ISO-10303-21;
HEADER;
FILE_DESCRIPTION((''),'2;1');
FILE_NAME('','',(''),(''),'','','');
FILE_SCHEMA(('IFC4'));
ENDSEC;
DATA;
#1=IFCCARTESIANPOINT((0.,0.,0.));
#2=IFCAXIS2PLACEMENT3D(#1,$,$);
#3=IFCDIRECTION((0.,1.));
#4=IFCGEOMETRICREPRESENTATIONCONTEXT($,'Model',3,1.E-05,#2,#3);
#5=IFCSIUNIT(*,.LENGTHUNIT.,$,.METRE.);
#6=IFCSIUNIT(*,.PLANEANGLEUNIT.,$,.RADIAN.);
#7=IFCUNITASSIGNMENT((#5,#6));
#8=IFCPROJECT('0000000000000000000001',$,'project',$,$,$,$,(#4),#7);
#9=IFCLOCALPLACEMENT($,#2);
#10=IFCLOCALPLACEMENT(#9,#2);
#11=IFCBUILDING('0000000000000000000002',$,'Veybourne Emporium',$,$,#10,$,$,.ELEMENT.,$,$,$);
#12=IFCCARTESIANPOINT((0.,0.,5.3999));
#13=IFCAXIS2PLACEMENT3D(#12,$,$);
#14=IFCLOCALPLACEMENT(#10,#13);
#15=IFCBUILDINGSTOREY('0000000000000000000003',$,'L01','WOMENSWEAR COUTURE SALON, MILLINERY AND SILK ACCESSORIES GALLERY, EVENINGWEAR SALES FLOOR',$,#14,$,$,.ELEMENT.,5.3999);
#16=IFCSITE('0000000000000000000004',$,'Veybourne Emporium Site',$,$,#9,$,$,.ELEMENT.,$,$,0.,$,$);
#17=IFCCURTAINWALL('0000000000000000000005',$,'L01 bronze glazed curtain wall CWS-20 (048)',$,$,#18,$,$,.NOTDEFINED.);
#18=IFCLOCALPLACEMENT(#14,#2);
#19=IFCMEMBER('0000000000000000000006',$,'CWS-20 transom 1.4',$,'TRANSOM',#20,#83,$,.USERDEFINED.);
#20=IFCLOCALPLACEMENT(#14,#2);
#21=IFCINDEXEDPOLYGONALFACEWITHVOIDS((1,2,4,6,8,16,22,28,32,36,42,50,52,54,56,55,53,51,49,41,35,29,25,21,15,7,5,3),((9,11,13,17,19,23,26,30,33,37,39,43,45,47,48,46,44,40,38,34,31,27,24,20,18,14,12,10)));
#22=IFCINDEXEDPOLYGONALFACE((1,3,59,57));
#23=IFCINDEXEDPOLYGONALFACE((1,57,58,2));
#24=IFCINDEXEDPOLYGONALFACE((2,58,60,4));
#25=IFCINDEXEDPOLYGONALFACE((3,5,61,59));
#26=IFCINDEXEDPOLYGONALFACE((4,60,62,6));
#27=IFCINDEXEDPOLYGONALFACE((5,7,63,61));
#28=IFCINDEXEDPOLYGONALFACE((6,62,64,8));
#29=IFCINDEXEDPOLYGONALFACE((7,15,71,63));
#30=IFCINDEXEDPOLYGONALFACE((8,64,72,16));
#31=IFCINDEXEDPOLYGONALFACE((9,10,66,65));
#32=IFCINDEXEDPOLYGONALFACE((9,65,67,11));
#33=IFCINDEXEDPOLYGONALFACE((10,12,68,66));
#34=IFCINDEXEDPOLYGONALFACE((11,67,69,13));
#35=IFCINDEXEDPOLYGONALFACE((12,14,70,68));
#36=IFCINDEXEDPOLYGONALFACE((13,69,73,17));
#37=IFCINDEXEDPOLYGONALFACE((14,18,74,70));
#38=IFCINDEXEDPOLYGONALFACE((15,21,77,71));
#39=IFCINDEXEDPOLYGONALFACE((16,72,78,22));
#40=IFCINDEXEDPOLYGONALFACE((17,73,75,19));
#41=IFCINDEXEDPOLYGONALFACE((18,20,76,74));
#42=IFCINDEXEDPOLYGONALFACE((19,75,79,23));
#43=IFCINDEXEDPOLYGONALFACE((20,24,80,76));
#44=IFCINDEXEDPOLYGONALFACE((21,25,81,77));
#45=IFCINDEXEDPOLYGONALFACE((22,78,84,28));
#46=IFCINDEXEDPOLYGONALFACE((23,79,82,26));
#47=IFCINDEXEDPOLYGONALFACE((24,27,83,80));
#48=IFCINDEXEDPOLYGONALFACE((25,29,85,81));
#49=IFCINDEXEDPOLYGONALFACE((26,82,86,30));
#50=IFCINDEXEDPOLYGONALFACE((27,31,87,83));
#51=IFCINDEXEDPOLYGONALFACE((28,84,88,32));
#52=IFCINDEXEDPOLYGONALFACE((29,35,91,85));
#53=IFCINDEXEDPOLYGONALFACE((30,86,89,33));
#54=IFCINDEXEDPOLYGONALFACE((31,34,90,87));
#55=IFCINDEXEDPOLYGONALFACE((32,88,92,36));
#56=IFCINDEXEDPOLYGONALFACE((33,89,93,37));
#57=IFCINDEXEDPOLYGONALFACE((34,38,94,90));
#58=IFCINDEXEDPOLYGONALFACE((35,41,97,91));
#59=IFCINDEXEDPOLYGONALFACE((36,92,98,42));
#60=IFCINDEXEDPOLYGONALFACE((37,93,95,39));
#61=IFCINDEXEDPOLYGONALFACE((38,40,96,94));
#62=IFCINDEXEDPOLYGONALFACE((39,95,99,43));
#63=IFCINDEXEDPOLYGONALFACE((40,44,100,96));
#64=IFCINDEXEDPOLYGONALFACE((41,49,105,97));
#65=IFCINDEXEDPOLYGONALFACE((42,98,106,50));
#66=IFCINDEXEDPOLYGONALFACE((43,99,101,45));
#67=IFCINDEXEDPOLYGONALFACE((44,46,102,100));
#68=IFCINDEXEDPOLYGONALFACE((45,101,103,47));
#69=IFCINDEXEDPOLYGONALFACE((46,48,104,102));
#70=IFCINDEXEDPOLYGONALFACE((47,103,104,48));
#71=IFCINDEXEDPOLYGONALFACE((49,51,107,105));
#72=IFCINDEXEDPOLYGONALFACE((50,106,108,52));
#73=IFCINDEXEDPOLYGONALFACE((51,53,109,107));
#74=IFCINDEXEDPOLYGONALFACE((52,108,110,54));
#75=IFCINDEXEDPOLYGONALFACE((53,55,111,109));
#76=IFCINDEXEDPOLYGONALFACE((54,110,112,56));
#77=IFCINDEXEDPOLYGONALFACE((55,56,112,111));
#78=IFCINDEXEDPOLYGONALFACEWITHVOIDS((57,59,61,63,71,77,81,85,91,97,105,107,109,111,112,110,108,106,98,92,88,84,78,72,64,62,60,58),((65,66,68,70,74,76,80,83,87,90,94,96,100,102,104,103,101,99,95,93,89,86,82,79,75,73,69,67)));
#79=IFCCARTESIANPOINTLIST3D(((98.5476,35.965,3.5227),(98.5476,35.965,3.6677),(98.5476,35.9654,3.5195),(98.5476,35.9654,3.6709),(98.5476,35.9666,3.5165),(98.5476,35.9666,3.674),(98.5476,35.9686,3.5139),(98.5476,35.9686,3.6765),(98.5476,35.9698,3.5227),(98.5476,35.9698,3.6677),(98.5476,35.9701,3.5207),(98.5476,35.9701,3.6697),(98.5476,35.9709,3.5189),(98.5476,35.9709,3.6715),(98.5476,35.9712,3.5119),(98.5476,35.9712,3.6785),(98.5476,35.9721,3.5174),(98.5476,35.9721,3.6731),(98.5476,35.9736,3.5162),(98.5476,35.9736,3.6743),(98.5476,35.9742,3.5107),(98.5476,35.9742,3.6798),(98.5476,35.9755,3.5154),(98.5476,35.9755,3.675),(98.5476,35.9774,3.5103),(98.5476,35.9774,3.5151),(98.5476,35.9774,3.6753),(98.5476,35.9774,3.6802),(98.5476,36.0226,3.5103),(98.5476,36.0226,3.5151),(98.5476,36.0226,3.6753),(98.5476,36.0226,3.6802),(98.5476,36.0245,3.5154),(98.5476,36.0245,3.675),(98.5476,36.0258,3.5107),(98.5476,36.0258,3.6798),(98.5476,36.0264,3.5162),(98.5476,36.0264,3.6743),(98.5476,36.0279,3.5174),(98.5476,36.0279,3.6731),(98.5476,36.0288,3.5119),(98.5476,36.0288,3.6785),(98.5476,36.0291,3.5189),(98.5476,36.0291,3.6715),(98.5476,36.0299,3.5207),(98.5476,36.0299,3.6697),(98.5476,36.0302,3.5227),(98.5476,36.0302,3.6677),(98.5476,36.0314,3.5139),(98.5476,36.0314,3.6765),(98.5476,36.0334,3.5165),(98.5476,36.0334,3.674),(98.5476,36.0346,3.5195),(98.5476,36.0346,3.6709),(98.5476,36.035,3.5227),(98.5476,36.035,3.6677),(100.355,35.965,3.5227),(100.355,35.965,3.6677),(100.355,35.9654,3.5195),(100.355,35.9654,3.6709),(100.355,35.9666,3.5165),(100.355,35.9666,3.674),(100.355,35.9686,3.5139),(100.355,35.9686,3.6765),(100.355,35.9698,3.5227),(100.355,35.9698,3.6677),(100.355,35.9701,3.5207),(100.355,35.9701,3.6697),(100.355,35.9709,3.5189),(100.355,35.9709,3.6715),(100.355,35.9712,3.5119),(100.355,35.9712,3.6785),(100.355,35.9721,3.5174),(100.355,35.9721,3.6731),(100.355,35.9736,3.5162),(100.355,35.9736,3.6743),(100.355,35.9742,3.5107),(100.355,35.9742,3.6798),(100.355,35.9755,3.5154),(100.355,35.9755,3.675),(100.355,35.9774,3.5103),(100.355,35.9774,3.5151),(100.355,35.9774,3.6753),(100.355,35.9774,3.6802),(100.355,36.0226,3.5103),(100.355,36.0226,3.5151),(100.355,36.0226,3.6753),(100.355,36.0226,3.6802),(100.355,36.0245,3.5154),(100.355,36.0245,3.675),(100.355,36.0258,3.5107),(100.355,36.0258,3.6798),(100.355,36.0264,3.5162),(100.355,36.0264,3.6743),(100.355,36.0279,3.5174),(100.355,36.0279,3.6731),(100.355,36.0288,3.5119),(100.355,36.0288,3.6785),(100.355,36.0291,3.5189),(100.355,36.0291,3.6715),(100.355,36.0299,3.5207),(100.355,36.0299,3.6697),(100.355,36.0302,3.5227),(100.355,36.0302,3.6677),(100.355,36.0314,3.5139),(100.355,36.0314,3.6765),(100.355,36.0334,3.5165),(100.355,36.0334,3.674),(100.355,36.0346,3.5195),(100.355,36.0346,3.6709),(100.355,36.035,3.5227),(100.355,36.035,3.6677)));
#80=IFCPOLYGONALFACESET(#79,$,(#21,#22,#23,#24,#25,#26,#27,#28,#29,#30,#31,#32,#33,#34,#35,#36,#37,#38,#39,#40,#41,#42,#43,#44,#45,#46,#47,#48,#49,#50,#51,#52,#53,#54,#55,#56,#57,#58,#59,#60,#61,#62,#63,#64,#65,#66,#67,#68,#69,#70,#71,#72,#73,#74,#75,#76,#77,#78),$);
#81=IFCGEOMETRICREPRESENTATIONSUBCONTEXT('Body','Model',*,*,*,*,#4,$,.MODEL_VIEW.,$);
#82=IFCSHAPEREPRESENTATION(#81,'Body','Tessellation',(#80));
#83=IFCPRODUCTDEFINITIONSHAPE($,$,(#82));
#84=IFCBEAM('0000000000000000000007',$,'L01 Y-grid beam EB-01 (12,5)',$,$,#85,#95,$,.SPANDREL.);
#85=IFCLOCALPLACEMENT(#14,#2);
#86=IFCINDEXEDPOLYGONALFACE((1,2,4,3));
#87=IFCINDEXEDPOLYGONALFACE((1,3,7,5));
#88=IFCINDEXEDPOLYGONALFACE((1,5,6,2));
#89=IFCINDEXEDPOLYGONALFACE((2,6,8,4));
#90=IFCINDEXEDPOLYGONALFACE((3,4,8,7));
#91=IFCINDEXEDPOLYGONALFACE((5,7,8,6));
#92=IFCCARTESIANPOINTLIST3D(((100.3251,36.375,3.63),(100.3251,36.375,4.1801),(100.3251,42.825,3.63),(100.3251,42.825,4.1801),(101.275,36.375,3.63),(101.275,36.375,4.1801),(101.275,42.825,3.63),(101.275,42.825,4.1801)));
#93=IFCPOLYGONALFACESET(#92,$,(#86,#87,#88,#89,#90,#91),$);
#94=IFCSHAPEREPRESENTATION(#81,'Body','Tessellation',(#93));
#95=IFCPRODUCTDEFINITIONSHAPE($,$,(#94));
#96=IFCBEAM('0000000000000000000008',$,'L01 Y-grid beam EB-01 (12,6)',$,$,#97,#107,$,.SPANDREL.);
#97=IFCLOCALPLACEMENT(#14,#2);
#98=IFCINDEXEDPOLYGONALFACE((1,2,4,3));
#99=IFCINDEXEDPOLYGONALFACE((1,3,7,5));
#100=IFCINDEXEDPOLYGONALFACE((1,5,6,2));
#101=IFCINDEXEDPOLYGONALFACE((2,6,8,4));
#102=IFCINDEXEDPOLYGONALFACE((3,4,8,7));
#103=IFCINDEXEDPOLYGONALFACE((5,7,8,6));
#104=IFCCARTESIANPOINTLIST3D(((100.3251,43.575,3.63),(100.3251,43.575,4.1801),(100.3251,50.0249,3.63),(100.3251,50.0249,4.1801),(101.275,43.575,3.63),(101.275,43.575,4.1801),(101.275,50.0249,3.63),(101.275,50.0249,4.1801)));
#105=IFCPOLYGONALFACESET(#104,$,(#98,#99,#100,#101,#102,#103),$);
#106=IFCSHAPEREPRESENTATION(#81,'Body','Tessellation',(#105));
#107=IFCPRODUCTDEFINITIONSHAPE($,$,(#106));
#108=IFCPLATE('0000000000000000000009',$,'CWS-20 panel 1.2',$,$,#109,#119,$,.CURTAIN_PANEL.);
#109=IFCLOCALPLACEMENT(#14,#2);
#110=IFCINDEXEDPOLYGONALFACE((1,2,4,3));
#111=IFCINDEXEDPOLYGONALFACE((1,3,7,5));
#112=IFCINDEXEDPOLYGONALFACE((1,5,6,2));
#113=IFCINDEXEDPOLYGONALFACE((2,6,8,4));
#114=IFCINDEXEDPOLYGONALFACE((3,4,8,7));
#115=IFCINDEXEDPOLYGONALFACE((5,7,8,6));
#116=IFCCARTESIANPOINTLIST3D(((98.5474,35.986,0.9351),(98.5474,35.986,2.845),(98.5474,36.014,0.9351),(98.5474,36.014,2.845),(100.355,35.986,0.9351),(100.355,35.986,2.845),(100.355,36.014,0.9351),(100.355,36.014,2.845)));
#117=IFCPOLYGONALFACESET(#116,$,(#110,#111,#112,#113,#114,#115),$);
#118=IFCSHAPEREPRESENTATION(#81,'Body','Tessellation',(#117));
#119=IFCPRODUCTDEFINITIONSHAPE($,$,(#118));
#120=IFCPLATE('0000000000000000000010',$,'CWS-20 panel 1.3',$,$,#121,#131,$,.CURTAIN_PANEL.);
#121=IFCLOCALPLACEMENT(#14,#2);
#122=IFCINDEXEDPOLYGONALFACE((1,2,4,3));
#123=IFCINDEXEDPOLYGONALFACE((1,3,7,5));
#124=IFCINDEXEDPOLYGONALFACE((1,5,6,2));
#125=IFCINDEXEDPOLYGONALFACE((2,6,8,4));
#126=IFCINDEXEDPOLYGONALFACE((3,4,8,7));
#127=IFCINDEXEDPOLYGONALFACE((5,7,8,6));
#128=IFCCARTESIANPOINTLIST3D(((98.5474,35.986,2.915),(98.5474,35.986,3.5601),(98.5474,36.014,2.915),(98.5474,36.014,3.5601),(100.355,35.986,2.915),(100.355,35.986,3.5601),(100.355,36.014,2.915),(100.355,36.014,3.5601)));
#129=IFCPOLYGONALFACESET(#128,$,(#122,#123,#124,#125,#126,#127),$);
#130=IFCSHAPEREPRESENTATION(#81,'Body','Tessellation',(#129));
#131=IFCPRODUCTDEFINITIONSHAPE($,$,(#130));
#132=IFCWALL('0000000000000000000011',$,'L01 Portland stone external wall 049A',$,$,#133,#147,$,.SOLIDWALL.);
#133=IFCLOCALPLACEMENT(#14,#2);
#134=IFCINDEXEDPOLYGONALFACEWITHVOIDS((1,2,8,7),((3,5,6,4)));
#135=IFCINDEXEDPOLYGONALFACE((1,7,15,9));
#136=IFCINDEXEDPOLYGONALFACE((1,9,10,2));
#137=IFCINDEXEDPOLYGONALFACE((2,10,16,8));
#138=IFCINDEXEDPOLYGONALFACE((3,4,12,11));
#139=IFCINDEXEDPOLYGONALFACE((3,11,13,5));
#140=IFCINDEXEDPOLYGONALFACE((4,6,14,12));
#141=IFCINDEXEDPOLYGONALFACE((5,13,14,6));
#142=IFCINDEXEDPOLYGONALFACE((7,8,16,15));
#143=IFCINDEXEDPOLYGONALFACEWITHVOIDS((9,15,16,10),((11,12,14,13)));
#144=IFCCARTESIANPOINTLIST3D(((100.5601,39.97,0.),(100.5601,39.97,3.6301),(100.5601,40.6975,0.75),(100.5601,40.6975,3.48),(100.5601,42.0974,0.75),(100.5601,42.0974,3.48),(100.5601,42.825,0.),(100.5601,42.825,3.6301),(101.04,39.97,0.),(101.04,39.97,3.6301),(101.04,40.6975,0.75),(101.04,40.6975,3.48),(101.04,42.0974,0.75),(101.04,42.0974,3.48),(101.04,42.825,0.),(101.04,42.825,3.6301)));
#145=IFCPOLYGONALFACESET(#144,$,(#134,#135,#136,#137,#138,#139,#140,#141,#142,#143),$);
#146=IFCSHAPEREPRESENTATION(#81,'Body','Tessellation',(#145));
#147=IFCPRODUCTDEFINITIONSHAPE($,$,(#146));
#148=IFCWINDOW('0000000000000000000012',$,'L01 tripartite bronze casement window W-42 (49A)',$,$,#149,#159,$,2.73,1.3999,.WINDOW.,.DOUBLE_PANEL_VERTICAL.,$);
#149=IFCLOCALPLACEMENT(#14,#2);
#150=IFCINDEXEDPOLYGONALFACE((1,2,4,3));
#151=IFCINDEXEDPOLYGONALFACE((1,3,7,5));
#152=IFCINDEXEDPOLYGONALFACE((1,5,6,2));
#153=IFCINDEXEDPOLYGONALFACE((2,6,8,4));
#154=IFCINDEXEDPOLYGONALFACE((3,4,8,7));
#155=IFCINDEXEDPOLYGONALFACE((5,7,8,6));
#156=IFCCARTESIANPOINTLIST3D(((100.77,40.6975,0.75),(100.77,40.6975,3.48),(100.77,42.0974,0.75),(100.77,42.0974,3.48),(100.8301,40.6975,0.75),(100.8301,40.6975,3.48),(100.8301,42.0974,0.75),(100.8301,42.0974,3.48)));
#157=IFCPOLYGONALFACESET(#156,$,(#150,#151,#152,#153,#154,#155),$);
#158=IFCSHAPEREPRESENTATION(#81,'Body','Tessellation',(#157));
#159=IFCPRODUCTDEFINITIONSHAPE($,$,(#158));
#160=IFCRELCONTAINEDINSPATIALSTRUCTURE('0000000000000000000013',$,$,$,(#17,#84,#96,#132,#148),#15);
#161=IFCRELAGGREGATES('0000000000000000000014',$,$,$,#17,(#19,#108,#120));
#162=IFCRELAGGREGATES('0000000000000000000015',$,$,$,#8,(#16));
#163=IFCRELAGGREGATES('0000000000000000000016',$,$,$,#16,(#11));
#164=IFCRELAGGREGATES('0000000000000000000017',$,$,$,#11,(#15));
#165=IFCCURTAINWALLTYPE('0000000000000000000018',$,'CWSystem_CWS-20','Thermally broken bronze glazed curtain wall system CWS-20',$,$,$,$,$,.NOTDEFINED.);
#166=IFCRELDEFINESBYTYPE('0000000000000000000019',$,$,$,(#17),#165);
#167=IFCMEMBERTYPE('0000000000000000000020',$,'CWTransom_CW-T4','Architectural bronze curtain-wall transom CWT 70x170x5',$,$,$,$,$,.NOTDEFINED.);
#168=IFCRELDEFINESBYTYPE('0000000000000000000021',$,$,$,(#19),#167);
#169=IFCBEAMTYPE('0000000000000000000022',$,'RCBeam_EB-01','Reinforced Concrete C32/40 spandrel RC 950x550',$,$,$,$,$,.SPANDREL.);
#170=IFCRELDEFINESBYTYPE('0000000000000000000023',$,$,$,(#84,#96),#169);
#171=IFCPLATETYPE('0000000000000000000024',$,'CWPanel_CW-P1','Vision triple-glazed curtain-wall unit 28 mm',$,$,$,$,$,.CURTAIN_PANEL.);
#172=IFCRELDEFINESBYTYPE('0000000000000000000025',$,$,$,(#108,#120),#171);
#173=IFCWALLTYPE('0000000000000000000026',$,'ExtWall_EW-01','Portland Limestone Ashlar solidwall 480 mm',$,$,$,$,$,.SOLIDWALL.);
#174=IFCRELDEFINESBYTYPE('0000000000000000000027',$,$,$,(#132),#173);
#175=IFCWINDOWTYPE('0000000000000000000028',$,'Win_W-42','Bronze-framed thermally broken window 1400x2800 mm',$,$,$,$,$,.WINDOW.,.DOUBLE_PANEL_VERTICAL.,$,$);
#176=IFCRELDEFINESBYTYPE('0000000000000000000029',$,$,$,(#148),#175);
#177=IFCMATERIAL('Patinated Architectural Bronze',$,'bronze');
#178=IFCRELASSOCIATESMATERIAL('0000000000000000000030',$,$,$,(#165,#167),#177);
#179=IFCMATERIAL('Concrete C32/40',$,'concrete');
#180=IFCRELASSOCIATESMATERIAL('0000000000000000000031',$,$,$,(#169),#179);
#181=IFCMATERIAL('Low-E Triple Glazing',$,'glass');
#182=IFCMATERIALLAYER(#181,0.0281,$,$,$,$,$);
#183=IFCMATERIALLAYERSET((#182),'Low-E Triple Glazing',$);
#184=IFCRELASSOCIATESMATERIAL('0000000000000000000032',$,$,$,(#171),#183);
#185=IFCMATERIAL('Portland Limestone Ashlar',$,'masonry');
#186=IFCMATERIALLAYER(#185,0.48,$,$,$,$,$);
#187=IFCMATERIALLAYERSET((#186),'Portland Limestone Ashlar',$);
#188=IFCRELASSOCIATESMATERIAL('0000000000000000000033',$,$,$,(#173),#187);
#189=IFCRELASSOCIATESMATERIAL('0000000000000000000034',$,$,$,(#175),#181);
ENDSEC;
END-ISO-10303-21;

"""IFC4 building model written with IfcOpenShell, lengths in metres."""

from ifc_helpers import new_model, si_unit, direction, frame, frame_2d, origin, origin_2d, place, context, subcontext, project, spatial, rectangle, hollow_rectangle, extrude, material, layer, layer_set, material_profile, profile_set, type_object, element, fill, aggregate, save


model = new_model("IFC4")

# Units and contexts
model_context = context("Model", 3, precision=1e-05, world=origin(), true_north=direction((0.0, 1.0)))
body_context = subcontext(model_context, "Body", "Model", "MODEL_VIEW")
ifc_project = project(units=[si_unit("LENGTHUNIT", "METRE"), si_unit("PLANEANGLEUNIT", "RADIAN")], contexts=[model_context])

# Site, building, storey
site_placement = place(None, origin())
site = spatial("IfcSite", under=ifc_project, at=site_placement, Name="Veybourne Emporium Site", CompositionType="ELEMENT", RefElevation=0.0)
building_placement = place(site_placement, origin())
building = spatial("IfcBuilding", under=site, at=building_placement, Name="Veybourne Emporium", CompositionType="ELEMENT")
storey_placement = place(building_placement, frame((0.0, 0.0, 5.3999)))
storey = spatial("IfcBuildingStorey", under=building, at=storey_placement, Name="L01", Description="WOMENSWEAR COUTURE SALON, MILLINERY AND SILK ACCESSORIES GALLERY, EVENINGWEAR SALES FLOOR", CompositionType="ELEMENT", Elevation=5.3999)

# Curtain wall, member
ifc_material_1 = material(Name="Patinated Architectural Bronze", Category="bronze")
curtain_wall_type = type_object("IfcCurtainWallType", Name="CWSystem_CWS-20", Description="Thermally broken bronze glazed curtain wall system CWS-20", PredefinedType="NOTDEFINED", material=ifc_material_1)
curtain_wall_placement = place(storey_placement, origin())
curtain_wall = element("IfcCurtainWall", 1, at=curtain_wall_placement, inside=storey, type_object=curtain_wall_type, Name="L01 bronze glazed curtain wall CWS-20 (048)", PredefinedType="NOTDEFINED")
ifc_material_profile_1 = material_profile(ifc_material_1, hollow_rectangle(XDim=0.0701, YDim=0.1699, WallThickness=0.0049, InnerFilletRadius=0.0076, OuterFilletRadius=0.0125, at=origin_2d()), Name="CWT 70x170x5")
ifc_profile_set_1 = profile_set([ifc_material_profile_1], Name="Patinated Architectural Bronze")
member_type_1 = type_object("IfcMemberType", Name="CWTransom_CW-T4", Description="Architectural bronze curtain-wall transom CWT 70x170x5", PredefinedType="NOTDEFINED", material=ifc_profile_set_1)
member_1_placement = place(storey_placement, frame((100.355, 36.0, 3.5952), z_axis=(-1.0, 0.0, 0.0), x_axis=(0.0, -1.0, 0.0)))
member_1 = element("IfcMember", 2, at=member_1_placement, type_object=member_type_1, Name="CWS-20 transom 1.4", ObjectType="TRANSOM", PredefinedType="USERDEFINED", context=body_context, shape_type="SweptSolid", body=[
    extrude(hollow_rectangle(XDim=0.0701, YDim=0.1699, WallThickness=0.0049, InnerFilletRadius=0.0076, OuterFilletRadius=0.0125, at=origin_2d()), origin(), (0.0, 0.0, 1.0), 1.8074),
])

# Beams
ifc_material_2 = material(Name="Concrete C32/40", Category="concrete")
ifc_material_profile_2 = material_profile(ifc_material_2, rectangle(XDim=0.95, YDim=0.55, at=origin_2d()), Name="RC 950x550")
ifc_profile_set_2 = profile_set([ifc_material_profile_2], Name="Concrete C32/40")
beam_type = type_object("IfcBeamType", Name="RCBeam_EB-01", Description="Reinforced Concrete C32/40 spandrel RC 950x550", PredefinedType="SPANDREL", material=ifc_profile_set_2)
for number, where, z_axis, x_axis, name in (
    (3, (100.8, 36.375, 3.905), (0.0, 1.0, 0.0), (-1.0, 0.0, 0.0), "L01 Y-grid beam EB-01 (12,5)"),
    (4, (100.8, 43.575, 3.905), (0.0, 1.0, 0.0), (-1.0, 0.0, 0.0), "L01 Y-grid beam EB-01 (12,6)"),
):
    element("IfcBeam", number, at=place(storey_placement, frame(where, z_axis=z_axis, x_axis=x_axis)), inside=storey, type_object=beam_type, Name=name, PredefinedType="SPANDREL", context=body_context, shape_type="SweptSolid", body=[
        extrude(rectangle(XDim=0.95, YDim=0.55, at=origin_2d()), origin(), (0.0, 0.0, 1.0), 6.45),
    ])

# Plates
ifc_material_3 = material(Name="Low-E Triple Glazing", Category="glass")
ifc_layer_1 = layer(ifc_material_3, 0.0281)
ifc_layer_set_1 = layer_set([ifc_layer_1], Name="Low-E Triple Glazing")
plate_type = type_object("IfcPlateType", Name="CWPanel_CW-P1", Description="Vision triple-glazed curtain-wall unit 28 mm", PredefinedType="CURTAIN_PANEL", material=ifc_layer_set_1)
plate_1_placement = place(storey_placement, frame((99.4512, 36.0, 0.9351), z_axis=(0.0, 0.0, 1.0), x_axis=(-1.0, 0.0, 0.0)))
plate_1 = element("IfcPlate", 5, at=plate_1_placement, type_object=plate_type, Name="CWS-20 panel 1.2", PredefinedType="CURTAIN_PANEL", context=body_context, shape_type="SweptSolid", body=[
    extrude(rectangle(XDim=1.8076, YDim=0.0281, at=origin_2d()), origin(), (0.0, 0.0, 1.0), 1.9099),
])
plate_2_placement = place(storey_placement, frame((99.4512, 36.0, 2.915), z_axis=(0.0, 0.0, 1.0), x_axis=(-1.0, 0.0, 0.0)))
plate_2 = element("IfcPlate", 6, at=plate_2_placement, type_object=plate_type, Name="CWS-20 panel 1.3", PredefinedType="CURTAIN_PANEL", context=body_context, shape_type="SweptSolid", body=[
    extrude(rectangle(XDim=1.8076, YDim=0.0281, at=origin_2d()), origin(), (0.0, 0.0, 1.0), 0.645),
])
aggregate(curtain_wall, [member_1, plate_1, plate_2])

# Wall, opening, window
ifc_material_4 = material(Name="Portland Limestone Ashlar", Category="masonry")
ifc_layer_2 = layer(ifc_material_4, 0.48)
ifc_layer_set_2 = layer_set([ifc_layer_2], Name="Portland Limestone Ashlar")
wall_type_1 = type_object("IfcWallType", Name="ExtWall_EW-01", Description="Portland Limestone Ashlar solidwall 480 mm", PredefinedType="SOLIDWALL", material=ifc_layer_set_2)
wall_1_placement = place(storey_placement, frame((100.8, 42.825, 0.0), z_axis=(0.0, 0.0, 1.0), x_axis=(0.0, -1.0, 0.0)))
wall_1 = element("IfcWall", 7, at=wall_1_placement, inside=storey, type_object=wall_type_1, Name="L01 Portland stone external wall 049A", PredefinedType="SOLIDWALL", context=body_context, shape_type="SweptSolid", body=[
    extrude(rectangle(XDim=2.855, YDim=0.48, at=frame_2d((1.4275, 0.0))), origin(), (0.0, 0.0, 1.0), 3.6301),
])
opening_1_placement = place(wall_1_placement, frame((0.7275, 0.0, 0.75)))
opening_1 = element("IfcOpeningElement", 8, at=opening_1_placement, cuts=wall_1, PredefinedType="OPENING", context=body_context, shape_type="SweptSolid", body=[
    extrude(rectangle(XDim=1.3999, YDim=2.73, at=frame_2d((0.7, 1.365))), frame((0.0, 0.26, 0.0), z_axis=(0.0, -1.0, 0.0), x_axis=(1.0, 0.0, 0.0)), (0.0, 0.0, 1.0), 0.52),
])
window_type_1 = type_object("IfcWindowType", Name="Win_W-42", Description="Bronze-framed thermally broken window 1400x2800 mm", PartitioningType="DOUBLE_PANEL_VERTICAL", PredefinedType="WINDOW", material=ifc_material_3)
window_1_placement = place(opening_1_placement, origin())
window_1 = element("IfcWindow", 9, at=window_1_placement, inside=storey, type_object=window_type_1, Name="L01 tripartite bronze casement window W-42 (49A)", OverallHeight=2.73, OverallWidth=1.3999, PartitioningType="DOUBLE_PANEL_VERTICAL", PredefinedType="WINDOW", context=body_context, shape_type="SweptSolid", body=[
    extrude(rectangle(XDim=1.3999, YDim=2.73, at=frame_2d((0.7, 1.365))), frame((0.0, 0.03, 0.0), z_axis=(0.0, -1.0, 0.0), x_axis=(1.0, 0.0, 0.0)), (0.0, 0.0, 1.0), 0.0601),
])
fill(opening_1, window_1)

save(model, "model.ifc")
